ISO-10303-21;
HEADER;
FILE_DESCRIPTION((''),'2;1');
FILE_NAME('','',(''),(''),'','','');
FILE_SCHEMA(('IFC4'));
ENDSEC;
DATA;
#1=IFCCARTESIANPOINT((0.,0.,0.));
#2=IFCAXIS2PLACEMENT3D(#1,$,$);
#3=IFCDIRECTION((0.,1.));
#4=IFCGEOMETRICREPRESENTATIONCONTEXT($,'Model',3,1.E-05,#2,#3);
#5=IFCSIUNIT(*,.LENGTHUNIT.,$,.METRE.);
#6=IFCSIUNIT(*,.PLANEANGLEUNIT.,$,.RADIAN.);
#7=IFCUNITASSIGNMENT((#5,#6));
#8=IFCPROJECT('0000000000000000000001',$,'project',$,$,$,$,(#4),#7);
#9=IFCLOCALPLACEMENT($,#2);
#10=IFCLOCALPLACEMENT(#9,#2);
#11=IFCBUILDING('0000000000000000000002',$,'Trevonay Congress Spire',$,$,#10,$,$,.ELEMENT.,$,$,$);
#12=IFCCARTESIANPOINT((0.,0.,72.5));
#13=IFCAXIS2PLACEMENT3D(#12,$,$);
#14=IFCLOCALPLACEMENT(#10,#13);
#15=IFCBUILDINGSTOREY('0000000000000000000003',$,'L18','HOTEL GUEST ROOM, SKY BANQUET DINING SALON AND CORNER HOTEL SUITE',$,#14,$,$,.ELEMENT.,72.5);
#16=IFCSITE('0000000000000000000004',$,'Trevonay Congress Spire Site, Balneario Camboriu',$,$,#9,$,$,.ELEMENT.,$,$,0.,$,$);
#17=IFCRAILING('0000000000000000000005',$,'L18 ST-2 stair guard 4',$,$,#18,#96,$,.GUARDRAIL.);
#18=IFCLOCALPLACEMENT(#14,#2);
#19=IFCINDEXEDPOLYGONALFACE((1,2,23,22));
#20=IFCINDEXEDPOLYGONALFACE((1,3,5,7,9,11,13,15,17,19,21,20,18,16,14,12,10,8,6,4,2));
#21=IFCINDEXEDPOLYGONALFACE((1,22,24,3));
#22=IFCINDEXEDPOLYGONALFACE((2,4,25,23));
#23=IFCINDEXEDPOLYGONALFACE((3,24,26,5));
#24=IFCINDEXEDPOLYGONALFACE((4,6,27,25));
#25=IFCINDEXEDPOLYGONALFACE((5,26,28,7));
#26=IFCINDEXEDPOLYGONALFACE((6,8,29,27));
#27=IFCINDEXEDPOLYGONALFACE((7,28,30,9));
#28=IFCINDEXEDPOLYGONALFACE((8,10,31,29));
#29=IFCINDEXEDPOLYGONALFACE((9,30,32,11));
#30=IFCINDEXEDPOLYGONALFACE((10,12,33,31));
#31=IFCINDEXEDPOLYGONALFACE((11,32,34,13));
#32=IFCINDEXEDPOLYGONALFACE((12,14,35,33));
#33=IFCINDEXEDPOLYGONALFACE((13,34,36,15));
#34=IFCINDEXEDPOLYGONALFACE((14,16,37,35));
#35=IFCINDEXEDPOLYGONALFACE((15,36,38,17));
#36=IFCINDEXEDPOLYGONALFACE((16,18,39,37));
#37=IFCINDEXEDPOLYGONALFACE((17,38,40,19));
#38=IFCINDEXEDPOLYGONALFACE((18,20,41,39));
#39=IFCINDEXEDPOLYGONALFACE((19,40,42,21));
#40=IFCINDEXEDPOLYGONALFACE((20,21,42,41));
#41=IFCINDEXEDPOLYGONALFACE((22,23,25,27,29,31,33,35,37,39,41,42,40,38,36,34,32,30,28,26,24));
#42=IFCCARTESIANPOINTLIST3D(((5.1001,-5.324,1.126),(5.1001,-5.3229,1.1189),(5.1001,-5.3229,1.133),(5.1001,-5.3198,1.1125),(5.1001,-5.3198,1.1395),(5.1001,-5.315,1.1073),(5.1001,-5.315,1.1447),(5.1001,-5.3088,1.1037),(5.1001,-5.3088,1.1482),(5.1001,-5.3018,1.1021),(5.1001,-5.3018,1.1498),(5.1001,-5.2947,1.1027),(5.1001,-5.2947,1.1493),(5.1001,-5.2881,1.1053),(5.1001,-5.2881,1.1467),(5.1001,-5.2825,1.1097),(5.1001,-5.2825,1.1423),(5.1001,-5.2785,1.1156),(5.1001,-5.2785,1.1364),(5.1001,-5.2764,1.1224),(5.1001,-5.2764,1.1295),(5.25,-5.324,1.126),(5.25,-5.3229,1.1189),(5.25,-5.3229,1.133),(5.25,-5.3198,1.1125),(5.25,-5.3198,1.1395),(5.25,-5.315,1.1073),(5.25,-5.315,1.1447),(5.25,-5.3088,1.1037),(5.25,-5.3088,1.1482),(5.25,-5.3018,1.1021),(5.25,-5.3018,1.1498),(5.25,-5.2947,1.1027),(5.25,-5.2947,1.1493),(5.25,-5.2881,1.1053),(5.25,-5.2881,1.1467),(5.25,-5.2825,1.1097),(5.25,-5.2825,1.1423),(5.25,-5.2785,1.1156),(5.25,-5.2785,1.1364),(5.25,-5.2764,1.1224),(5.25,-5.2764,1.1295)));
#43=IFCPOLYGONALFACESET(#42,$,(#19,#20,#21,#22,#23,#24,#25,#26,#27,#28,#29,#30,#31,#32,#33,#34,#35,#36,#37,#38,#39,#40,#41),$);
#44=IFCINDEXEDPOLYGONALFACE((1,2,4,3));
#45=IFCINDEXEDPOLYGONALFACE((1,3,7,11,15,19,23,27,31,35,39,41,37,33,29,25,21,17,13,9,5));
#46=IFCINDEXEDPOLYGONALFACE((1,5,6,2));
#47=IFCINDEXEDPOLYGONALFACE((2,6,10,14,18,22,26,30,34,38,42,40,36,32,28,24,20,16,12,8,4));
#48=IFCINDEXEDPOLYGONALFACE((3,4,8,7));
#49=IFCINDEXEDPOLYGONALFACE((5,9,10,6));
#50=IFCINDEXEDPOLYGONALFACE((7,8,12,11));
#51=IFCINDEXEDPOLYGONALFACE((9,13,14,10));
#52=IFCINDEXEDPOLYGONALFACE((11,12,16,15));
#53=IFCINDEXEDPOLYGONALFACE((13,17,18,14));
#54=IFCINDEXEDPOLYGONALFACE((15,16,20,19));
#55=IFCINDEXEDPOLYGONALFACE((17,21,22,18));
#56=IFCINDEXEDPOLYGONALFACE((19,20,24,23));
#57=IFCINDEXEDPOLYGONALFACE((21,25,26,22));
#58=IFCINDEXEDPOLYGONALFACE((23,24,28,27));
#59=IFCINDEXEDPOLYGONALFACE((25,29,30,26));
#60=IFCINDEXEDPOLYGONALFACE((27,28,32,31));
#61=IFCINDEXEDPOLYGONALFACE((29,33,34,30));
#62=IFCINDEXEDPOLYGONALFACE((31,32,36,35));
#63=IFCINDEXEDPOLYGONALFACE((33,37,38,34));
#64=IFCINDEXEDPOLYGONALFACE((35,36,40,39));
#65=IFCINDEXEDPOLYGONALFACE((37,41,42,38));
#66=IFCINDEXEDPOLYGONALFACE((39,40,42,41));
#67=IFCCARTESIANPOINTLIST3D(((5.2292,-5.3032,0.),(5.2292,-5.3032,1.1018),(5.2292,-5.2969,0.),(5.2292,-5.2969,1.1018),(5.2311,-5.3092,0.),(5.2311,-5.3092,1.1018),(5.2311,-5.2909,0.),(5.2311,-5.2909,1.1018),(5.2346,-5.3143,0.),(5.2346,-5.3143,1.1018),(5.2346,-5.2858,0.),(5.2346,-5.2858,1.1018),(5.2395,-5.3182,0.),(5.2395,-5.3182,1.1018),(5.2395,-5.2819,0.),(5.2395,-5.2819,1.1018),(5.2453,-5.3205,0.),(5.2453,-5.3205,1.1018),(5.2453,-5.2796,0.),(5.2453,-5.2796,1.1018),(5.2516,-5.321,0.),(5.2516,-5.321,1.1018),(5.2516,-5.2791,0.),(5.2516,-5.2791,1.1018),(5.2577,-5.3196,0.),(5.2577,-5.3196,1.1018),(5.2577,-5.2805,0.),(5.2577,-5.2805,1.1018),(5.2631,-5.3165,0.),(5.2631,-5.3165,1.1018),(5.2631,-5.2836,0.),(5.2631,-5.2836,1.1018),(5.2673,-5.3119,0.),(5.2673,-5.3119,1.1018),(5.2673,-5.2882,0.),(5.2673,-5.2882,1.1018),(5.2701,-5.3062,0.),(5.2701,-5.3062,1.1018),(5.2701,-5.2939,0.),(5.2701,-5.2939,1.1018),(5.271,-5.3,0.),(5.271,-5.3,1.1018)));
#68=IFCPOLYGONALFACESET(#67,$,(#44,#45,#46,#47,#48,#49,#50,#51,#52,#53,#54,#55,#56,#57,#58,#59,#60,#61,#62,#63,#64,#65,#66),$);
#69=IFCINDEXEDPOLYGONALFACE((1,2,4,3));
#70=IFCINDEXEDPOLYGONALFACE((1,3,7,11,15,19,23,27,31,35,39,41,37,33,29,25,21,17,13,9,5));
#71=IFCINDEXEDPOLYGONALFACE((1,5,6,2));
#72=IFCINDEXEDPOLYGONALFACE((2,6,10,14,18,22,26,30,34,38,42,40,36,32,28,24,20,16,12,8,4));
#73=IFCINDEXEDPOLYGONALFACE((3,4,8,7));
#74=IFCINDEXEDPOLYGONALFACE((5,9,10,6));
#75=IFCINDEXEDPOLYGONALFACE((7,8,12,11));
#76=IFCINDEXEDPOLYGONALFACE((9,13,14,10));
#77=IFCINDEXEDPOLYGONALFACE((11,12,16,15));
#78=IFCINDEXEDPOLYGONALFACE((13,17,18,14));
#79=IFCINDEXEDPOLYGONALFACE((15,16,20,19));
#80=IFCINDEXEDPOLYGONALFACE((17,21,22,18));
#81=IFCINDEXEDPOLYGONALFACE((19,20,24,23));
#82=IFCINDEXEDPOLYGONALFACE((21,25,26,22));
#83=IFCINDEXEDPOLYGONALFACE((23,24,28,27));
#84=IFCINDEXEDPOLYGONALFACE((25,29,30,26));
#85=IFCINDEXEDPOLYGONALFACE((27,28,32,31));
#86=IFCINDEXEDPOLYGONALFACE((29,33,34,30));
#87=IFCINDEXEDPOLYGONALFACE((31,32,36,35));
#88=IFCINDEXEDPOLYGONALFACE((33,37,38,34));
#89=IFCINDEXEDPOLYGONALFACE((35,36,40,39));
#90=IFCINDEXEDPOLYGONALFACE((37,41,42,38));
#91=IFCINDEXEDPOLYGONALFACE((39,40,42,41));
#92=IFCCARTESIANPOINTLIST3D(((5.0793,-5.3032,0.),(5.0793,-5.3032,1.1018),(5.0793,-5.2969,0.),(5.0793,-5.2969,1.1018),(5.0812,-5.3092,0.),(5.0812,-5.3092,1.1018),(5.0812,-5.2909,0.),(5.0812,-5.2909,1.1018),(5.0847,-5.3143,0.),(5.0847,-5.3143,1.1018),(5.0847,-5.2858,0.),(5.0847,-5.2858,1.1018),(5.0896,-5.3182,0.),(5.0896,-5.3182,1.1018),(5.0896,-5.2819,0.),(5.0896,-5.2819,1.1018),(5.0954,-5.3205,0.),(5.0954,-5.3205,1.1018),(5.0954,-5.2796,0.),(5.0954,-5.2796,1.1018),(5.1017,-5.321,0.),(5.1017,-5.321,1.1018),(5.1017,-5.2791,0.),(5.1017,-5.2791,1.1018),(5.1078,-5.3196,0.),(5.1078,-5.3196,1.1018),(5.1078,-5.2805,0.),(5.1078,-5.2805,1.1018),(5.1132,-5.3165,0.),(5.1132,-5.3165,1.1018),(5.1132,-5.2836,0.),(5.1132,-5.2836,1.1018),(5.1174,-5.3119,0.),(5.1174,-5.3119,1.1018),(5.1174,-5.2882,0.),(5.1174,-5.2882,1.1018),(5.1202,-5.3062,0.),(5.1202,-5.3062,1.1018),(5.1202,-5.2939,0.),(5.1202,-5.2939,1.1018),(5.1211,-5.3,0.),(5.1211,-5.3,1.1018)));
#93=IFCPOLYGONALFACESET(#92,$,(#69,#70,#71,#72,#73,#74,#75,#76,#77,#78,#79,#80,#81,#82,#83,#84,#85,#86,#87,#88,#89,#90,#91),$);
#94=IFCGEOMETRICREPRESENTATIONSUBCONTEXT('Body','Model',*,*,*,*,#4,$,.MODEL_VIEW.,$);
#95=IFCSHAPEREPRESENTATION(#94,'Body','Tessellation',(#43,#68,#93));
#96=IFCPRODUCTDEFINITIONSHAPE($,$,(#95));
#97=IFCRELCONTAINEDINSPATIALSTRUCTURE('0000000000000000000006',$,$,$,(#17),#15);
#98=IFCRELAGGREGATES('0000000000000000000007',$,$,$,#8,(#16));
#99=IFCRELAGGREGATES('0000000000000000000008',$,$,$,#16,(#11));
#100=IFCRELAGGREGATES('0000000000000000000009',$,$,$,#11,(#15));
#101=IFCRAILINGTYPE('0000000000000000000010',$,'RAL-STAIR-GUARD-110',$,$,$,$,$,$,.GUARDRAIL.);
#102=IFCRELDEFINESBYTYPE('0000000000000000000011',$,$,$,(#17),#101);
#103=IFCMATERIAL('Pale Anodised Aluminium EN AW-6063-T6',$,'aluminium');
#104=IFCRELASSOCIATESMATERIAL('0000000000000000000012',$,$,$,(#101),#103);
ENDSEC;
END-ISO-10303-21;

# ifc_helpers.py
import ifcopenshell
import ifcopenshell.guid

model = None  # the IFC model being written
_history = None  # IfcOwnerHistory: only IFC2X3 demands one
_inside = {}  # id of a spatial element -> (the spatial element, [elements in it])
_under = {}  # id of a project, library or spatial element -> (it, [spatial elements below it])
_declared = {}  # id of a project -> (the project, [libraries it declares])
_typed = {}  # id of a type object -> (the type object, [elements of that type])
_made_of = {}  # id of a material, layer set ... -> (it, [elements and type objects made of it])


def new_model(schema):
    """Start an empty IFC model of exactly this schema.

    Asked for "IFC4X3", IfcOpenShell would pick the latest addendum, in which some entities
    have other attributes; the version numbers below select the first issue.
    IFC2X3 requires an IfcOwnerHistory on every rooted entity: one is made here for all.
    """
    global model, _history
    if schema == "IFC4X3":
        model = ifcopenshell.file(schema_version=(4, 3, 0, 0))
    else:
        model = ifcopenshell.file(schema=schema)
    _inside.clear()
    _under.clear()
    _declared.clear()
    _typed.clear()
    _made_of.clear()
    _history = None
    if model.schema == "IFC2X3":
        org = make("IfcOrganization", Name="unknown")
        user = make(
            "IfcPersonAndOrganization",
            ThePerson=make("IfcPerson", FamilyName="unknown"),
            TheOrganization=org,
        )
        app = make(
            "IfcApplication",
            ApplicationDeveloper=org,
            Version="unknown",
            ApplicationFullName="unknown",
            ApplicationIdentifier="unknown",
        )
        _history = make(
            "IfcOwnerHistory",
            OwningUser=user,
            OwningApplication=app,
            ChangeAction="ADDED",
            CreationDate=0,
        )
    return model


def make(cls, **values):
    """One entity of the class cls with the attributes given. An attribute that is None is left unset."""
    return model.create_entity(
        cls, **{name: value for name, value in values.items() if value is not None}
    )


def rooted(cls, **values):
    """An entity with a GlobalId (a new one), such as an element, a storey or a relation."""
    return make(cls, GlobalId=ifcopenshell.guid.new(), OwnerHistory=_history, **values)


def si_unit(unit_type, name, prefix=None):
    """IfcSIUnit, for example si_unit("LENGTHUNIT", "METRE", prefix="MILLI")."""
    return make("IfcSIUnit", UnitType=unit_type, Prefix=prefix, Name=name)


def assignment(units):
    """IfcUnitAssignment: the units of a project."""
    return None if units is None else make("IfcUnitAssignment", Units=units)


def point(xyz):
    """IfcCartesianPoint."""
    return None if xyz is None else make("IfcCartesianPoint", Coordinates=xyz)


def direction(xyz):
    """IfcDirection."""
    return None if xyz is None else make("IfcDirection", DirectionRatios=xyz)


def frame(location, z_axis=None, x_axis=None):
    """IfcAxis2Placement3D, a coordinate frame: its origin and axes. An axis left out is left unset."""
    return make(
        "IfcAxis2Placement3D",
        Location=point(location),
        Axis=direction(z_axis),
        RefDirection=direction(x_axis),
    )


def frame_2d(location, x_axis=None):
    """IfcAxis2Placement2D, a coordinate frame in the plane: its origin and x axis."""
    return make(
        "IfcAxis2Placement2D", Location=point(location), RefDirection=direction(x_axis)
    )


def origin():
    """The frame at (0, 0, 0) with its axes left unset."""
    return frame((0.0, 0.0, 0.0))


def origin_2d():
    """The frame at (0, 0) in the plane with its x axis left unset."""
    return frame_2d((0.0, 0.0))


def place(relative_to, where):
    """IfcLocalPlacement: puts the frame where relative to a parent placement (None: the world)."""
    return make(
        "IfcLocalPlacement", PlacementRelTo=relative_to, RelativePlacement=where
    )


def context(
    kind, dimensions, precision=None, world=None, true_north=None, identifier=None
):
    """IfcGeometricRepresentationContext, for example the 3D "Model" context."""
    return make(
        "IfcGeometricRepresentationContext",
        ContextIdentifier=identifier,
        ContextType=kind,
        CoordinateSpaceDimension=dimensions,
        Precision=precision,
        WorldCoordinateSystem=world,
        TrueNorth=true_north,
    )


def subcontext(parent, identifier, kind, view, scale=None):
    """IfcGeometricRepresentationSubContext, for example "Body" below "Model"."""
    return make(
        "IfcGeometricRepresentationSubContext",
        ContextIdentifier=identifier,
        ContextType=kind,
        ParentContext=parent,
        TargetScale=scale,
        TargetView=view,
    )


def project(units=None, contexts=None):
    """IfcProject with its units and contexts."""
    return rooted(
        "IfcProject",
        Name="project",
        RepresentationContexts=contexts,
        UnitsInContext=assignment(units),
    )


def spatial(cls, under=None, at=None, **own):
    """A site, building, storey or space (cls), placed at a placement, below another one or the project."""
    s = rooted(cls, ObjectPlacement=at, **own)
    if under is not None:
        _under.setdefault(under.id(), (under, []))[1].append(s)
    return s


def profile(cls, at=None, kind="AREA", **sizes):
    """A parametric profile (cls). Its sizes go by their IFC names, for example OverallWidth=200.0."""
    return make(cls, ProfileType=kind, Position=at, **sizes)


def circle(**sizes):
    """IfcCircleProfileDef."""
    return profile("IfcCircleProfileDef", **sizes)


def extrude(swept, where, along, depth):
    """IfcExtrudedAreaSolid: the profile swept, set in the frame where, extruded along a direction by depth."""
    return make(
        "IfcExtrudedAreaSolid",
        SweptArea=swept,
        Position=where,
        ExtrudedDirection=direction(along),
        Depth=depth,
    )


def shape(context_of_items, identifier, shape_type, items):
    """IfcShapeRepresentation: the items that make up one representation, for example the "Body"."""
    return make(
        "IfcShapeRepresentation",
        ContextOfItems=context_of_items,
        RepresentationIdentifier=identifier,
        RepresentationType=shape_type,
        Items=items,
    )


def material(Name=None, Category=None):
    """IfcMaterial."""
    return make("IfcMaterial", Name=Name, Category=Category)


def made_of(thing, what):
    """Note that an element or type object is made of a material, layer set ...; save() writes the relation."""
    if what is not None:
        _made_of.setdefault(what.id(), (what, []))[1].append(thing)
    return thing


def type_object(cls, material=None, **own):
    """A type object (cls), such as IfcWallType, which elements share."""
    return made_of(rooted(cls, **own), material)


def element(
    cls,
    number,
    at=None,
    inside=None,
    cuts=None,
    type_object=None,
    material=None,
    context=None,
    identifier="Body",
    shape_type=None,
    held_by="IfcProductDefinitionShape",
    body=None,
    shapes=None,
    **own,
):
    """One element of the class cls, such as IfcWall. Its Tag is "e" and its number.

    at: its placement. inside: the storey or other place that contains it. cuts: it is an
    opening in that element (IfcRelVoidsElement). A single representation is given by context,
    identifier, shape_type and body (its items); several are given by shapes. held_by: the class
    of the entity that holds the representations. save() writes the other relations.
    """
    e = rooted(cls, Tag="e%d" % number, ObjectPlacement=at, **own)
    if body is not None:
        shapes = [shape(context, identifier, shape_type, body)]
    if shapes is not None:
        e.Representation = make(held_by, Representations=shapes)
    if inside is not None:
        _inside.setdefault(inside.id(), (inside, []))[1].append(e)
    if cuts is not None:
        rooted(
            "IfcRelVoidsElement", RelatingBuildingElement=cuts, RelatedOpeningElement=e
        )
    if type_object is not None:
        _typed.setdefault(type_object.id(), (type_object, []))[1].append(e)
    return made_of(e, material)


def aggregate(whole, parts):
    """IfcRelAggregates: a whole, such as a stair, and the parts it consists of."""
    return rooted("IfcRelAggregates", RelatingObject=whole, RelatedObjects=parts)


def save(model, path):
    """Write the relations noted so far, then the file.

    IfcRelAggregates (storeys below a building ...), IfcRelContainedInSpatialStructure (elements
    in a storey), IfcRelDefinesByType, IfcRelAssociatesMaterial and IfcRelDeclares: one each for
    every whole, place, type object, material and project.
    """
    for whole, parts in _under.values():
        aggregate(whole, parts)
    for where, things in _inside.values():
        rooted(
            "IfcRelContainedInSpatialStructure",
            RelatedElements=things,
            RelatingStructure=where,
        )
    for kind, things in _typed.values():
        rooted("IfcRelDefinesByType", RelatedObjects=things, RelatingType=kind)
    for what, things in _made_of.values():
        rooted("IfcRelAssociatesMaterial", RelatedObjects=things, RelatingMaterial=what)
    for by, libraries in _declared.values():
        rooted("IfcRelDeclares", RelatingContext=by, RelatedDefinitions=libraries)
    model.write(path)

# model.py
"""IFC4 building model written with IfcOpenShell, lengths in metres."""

from ifc_helpers import new_model, si_unit, direction, frame, origin, origin_2d, place, context, subcontext, project, spatial, circle, extrude, material, type_object, element, save


model = new_model("IFC4")

# Units and contexts
model_context = context("Model", 3, precision=1e-05, world=origin(), true_north=direction((0.0, 1.0)))
body_context = subcontext(model_context, "Body", "Model", "MODEL_VIEW")
ifc_project = project(units=[si_unit("LENGTHUNIT", "METRE"), si_unit("PLANEANGLEUNIT", "RADIAN")], contexts=[model_context])

# Site, building, storey
site_placement = place(None, origin())
site = spatial("IfcSite", under=ifc_project, at=site_placement, Name="Trevonay Congress Spire Site, Balneario Camboriu", CompositionType="ELEMENT", RefElevation=0.0)
building_placement = place(site_placement, origin())
building = spatial("IfcBuilding", under=site, at=building_placement, Name="Trevonay Congress Spire", CompositionType="ELEMENT")
storey_placement = place(building_placement, frame((0.0, 0.0, 72.5)))
storey = spatial("IfcBuildingStorey", under=building, at=storey_placement, Name="L18", Description="HOTEL GUEST ROOM, SKY BANQUET DINING SALON AND CORNER HOTEL SUITE", CompositionType="ELEMENT", Elevation=72.5)

# Shared definitions
ifc_material_1 = material(Name="Pale Anodised Aluminium EN AW-6063-T6", Category="aluminium")

# Railing
railing_type_1 = type_object("IfcRailingType", Name="RAL-STAIR-GUARD-110", PredefinedType="GUARDRAIL", material=ifc_material_1)
railing_1_placement = place(storey_placement, frame((5.25, -5.3, 0.0)))
element("IfcRailing", 1, at=railing_1_placement, inside=storey, type_object=railing_type_1, Name="L18 ST-2 stair guard 4", PredefinedType="GUARDRAIL", context=body_context, shape_type="SweptSolid", body=[
    extrude(circle(Radius=0.0239, at=origin_2d()), frame((0.0, 0.0, 1.126), z_axis=(-1.0, 0.0, 0.0), x_axis=(0.0, -1.0, 0.0)), (0.0, 0.0, 1.0), 0.1499),
    extrude(circle(Radius=0.021, at=origin_2d()), origin(), (0.0, 0.0, 1.0), 1.1018),
    extrude(circle(Radius=0.021, at=origin_2d()), frame((-0.1499, 0.0, 0.0)), (0.0, 0.0, 1.0), 1.1018),
])

save(model, "model.ifc")
